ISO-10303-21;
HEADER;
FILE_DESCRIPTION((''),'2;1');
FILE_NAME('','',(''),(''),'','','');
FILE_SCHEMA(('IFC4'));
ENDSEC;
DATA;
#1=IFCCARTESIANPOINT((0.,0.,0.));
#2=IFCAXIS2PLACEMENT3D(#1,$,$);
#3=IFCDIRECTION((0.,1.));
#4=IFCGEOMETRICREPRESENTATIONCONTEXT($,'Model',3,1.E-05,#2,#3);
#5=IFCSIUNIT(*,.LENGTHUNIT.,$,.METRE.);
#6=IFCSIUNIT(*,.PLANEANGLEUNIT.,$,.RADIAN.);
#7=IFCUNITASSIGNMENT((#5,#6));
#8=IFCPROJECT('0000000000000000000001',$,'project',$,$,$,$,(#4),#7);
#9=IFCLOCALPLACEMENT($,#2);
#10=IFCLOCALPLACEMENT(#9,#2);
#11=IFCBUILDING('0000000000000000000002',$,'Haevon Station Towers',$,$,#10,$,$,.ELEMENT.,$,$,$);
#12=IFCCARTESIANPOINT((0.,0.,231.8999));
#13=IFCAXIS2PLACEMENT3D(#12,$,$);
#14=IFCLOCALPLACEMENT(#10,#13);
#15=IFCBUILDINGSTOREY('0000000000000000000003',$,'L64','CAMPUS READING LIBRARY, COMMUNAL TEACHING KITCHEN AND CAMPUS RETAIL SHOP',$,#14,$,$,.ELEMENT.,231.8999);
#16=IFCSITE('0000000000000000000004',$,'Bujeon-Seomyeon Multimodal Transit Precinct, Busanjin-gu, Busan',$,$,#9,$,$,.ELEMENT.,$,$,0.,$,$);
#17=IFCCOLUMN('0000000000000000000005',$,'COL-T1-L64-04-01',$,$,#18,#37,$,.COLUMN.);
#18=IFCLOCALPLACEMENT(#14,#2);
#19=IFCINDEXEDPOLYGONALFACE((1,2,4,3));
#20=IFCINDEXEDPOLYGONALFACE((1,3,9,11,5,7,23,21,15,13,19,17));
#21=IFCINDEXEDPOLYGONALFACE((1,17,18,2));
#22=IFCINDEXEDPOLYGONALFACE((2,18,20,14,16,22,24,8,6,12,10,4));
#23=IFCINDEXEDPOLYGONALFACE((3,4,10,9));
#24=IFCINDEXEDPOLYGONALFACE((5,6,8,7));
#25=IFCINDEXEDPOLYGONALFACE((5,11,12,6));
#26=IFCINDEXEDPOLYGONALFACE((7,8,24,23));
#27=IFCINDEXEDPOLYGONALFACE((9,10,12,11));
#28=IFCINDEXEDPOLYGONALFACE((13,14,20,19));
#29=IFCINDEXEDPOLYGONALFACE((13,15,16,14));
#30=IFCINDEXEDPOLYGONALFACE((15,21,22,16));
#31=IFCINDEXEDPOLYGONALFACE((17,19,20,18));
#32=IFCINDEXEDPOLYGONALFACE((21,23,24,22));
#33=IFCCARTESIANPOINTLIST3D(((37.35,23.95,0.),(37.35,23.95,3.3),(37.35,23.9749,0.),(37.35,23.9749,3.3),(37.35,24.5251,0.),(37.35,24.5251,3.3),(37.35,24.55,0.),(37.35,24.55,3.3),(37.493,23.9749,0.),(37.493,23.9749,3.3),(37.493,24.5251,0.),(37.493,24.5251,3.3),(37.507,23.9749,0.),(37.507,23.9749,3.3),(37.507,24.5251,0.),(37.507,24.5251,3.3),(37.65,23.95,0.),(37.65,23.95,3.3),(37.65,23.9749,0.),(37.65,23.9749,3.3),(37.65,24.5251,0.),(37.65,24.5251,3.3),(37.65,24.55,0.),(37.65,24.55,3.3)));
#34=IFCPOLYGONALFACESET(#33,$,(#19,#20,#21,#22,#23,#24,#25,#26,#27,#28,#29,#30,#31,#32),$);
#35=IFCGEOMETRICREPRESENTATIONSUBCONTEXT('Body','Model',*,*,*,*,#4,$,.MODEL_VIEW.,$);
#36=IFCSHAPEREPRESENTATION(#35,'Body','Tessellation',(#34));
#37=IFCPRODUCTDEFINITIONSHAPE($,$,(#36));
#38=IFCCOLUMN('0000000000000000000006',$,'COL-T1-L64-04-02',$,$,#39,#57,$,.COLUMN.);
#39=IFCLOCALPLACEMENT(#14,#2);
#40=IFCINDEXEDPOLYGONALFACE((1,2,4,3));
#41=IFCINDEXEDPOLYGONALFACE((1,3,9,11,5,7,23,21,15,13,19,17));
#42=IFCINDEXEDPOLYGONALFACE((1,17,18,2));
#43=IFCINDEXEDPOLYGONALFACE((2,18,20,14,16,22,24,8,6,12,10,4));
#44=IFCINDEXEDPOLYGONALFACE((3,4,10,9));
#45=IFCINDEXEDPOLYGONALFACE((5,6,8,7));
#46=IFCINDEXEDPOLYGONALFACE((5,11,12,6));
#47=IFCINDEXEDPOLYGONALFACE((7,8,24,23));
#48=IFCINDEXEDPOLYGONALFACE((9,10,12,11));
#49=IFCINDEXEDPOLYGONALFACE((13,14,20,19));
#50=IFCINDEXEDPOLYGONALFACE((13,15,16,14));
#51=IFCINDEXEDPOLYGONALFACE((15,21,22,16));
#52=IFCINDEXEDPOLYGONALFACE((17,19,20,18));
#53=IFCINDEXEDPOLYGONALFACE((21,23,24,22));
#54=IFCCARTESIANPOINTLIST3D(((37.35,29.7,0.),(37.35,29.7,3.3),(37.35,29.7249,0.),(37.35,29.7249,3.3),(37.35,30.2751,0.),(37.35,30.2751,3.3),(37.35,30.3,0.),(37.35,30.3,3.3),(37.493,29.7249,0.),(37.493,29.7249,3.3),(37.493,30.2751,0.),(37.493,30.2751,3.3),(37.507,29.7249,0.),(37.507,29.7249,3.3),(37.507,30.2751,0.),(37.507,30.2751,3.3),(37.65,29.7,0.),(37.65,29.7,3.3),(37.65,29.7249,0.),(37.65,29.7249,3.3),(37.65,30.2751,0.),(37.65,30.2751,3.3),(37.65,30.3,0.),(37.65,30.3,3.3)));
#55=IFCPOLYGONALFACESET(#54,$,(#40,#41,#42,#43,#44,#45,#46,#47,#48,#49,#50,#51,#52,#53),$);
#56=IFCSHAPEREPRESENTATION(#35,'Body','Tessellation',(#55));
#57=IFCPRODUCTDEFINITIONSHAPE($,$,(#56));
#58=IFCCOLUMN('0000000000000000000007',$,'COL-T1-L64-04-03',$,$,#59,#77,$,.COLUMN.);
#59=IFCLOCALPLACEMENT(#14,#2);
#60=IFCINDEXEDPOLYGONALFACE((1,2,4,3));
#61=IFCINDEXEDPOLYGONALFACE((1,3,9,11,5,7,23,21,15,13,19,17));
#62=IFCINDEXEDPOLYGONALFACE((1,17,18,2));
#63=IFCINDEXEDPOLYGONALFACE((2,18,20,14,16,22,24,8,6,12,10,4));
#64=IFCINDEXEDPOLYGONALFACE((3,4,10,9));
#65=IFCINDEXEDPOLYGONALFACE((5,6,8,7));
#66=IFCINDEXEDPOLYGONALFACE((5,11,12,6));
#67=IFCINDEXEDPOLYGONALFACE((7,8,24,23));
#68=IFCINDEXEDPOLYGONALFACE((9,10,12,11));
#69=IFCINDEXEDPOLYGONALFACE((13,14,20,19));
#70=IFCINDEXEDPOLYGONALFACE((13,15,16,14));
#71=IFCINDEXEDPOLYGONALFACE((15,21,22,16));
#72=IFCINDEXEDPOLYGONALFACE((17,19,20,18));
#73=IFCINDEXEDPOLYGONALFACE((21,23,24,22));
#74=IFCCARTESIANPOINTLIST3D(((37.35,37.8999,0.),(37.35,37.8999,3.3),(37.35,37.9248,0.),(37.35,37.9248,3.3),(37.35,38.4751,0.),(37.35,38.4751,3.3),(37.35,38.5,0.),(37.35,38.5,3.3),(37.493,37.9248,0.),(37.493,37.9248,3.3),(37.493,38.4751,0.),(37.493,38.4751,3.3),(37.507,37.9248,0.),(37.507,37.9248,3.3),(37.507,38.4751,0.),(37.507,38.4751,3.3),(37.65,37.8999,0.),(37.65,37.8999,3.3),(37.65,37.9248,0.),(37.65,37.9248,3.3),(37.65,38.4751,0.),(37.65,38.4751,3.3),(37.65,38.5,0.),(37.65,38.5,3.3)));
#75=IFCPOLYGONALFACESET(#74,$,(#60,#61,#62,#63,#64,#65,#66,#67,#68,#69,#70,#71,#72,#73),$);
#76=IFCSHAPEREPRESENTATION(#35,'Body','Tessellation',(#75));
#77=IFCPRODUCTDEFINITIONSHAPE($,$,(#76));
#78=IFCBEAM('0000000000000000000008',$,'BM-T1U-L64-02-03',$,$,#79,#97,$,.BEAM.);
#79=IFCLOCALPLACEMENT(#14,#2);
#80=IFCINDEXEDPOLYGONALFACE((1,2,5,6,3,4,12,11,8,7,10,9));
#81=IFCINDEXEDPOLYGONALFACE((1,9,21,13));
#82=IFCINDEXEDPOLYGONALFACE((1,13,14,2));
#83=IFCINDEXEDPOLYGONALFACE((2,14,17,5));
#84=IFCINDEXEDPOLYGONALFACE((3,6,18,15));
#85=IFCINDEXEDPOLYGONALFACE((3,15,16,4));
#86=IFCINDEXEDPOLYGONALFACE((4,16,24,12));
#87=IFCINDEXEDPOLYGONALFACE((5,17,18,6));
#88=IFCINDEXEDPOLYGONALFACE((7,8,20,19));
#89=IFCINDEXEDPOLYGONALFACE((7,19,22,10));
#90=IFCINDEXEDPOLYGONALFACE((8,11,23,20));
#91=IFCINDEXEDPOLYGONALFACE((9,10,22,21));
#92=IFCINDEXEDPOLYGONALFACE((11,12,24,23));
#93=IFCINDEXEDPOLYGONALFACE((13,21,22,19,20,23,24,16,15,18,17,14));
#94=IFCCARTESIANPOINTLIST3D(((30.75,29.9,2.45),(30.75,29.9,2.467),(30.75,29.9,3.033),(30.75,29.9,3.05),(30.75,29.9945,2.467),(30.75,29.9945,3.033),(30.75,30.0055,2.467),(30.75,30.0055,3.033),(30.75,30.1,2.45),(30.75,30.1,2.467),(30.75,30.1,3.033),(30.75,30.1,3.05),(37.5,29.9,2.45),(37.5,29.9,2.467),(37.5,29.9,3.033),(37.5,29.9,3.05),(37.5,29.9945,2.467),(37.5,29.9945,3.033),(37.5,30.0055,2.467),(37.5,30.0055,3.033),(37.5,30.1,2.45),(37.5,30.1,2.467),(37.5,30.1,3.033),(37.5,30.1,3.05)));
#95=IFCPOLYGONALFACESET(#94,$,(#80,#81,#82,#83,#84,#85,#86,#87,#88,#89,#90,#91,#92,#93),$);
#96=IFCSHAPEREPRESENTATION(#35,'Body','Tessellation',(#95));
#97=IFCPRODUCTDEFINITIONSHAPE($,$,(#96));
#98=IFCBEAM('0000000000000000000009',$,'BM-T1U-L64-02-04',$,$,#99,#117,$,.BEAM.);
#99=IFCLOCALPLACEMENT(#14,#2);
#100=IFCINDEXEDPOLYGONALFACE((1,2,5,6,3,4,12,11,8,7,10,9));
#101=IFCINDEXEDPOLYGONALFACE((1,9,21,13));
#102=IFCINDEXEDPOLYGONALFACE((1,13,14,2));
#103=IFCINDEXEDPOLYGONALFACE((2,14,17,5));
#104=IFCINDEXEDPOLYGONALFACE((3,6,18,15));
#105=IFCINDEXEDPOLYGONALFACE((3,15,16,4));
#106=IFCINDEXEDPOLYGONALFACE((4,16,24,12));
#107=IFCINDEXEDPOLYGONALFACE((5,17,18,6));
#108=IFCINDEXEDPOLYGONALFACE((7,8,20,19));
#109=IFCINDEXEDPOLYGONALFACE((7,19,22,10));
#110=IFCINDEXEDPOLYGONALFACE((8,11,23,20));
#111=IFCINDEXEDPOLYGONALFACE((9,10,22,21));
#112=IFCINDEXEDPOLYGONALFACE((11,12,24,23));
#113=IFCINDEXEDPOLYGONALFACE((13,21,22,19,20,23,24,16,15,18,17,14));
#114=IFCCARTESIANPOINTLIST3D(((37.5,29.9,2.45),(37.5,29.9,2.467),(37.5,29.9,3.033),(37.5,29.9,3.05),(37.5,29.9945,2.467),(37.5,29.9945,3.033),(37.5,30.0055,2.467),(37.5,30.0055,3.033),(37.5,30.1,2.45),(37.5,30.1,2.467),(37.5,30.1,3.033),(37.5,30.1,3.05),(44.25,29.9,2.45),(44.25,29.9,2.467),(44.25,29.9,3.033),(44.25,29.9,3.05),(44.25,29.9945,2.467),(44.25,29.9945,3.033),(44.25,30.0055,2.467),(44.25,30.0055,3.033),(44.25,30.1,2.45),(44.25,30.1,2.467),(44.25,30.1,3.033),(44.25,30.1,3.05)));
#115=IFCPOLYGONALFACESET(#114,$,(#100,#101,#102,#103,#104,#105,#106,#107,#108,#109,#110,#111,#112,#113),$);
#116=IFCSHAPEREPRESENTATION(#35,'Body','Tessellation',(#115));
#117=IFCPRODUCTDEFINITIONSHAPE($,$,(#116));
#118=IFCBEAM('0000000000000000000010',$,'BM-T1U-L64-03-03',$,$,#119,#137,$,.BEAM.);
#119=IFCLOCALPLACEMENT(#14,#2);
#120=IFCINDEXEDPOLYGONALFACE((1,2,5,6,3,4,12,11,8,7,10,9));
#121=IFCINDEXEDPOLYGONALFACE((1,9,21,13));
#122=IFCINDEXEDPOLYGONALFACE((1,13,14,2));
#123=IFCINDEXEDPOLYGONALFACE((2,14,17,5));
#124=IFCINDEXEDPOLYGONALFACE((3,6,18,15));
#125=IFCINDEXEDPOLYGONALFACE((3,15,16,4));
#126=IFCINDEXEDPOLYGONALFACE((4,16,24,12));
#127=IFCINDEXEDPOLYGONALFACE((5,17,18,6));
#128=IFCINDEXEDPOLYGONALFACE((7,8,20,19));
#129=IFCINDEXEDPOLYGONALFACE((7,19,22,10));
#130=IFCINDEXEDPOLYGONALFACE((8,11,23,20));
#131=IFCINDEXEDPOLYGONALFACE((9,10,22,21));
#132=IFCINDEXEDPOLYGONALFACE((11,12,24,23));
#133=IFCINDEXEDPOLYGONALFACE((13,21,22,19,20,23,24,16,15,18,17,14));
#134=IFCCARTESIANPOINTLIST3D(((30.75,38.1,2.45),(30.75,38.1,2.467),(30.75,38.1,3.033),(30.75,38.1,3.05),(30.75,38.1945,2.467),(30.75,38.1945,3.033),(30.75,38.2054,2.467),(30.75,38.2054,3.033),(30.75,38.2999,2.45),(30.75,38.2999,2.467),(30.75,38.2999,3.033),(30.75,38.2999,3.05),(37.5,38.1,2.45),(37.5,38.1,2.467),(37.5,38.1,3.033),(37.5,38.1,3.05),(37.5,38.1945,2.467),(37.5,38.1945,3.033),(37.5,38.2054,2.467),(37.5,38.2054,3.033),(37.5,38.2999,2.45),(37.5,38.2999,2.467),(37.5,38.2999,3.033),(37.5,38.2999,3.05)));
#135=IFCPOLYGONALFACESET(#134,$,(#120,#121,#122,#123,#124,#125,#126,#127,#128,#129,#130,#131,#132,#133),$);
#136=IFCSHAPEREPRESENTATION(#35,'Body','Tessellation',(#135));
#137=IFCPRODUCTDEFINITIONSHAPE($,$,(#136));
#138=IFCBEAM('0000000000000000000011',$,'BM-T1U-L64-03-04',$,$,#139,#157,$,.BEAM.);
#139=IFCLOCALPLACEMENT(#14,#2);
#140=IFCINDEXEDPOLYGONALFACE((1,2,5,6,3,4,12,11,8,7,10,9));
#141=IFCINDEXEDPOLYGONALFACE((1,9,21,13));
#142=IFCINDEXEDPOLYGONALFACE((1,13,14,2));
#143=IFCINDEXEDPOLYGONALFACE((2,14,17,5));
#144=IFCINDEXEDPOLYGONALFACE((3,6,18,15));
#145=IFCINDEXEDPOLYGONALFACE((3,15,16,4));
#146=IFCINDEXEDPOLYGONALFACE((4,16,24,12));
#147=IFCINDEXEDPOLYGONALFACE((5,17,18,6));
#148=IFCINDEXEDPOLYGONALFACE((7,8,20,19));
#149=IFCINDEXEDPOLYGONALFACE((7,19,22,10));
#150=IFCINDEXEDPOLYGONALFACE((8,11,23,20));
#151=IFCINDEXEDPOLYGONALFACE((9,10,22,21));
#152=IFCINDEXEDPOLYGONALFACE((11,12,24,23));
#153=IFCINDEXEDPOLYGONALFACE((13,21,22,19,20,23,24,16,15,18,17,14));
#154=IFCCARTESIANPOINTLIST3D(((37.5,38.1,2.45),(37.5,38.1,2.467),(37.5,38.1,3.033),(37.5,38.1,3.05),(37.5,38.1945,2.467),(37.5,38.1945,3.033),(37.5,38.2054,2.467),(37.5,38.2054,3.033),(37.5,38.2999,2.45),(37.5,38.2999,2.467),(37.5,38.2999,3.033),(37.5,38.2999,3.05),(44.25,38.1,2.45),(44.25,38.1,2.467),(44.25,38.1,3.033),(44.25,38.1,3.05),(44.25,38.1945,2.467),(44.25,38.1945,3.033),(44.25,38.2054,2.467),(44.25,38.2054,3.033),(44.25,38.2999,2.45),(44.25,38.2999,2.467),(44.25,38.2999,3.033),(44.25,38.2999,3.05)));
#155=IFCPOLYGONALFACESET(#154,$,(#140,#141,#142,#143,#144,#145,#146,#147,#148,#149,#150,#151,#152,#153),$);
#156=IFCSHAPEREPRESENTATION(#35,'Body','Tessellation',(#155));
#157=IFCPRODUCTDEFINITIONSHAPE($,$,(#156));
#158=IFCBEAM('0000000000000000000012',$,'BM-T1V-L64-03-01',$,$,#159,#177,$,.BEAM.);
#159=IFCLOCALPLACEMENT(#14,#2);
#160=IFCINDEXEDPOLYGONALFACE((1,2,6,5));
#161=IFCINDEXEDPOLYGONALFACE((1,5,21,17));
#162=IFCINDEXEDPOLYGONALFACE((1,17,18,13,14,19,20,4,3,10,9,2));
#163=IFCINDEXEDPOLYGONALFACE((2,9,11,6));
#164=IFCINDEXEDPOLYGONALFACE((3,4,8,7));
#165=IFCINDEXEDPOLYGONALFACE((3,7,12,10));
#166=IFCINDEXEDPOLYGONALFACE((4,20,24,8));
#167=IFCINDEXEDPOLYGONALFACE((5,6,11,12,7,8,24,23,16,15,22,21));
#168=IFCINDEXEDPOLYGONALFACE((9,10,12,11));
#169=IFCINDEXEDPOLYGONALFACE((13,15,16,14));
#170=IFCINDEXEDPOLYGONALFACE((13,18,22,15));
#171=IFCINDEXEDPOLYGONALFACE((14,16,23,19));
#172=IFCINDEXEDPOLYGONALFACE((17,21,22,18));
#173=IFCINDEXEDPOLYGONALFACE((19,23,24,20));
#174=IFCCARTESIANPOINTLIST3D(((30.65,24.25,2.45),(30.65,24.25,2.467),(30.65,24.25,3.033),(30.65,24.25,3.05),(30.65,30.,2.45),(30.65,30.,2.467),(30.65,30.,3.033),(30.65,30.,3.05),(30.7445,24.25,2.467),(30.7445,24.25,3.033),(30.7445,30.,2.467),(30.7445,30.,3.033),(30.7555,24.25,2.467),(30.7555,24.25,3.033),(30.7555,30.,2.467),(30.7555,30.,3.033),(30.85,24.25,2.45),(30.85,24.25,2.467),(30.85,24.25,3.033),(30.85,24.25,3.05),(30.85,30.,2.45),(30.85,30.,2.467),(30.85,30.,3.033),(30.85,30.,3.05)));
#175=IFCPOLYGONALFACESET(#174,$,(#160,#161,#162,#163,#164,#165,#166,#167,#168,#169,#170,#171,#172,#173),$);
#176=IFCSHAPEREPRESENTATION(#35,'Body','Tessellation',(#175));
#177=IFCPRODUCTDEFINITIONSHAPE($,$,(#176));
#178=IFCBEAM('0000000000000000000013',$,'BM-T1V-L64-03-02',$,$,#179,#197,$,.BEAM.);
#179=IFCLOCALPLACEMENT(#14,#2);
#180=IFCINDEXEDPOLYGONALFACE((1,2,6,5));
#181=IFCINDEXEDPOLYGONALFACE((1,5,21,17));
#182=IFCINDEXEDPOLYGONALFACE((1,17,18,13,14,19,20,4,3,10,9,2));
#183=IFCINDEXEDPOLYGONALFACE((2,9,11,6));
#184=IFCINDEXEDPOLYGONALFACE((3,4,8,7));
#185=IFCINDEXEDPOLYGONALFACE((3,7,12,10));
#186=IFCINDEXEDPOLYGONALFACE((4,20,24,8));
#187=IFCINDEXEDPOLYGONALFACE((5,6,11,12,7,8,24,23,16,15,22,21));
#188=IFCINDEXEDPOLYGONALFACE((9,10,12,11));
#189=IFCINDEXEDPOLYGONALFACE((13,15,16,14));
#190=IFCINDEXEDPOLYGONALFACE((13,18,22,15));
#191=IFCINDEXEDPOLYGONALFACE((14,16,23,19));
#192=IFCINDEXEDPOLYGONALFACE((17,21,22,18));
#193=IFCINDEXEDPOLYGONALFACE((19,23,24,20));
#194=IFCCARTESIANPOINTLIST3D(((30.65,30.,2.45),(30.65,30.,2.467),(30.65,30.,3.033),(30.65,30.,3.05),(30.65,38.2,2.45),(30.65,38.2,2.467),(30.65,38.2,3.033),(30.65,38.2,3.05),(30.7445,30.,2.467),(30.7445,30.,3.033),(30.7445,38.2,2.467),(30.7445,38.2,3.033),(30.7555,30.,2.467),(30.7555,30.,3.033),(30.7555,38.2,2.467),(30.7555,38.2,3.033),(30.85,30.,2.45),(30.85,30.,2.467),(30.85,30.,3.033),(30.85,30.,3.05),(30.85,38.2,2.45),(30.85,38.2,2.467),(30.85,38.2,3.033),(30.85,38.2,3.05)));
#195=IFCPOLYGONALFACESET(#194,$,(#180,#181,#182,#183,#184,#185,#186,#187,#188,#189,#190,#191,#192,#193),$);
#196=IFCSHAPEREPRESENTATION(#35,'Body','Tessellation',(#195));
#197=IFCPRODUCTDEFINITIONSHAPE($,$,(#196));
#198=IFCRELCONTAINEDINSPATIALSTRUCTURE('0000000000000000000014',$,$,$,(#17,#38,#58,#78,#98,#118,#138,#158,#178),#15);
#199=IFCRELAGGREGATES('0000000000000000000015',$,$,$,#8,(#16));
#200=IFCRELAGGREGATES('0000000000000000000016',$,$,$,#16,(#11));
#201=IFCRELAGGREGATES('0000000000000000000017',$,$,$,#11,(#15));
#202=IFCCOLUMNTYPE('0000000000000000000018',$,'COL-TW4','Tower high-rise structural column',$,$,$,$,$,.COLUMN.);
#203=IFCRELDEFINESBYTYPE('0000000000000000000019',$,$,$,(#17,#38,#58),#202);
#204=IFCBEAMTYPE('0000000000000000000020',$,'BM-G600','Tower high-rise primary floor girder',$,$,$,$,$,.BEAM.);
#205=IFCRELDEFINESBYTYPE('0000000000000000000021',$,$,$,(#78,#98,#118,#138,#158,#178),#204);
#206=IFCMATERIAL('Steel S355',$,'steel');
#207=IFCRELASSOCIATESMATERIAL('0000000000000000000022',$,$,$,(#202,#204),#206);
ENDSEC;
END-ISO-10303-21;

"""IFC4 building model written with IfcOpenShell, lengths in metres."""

from ifc_helpers import new_model, si_unit, direction, frame, origin, origin_2d, place, context, subcontext, project, spatial, i_section, extrude, material, material_profile, profile_set, type_object, element, save


model = new_model("IFC4")

# Units and contexts
model_context = context("Model", 3, precision=1e-05, world=origin(), true_north=direction((0.0, 1.0)))
body_context = subcontext(model_context, "Body", "Model", "MODEL_VIEW")
ifc_project = project(units=[si_unit("LENGTHUNIT", "METRE"), si_unit("PLANEANGLEUNIT", "RADIAN")], contexts=[model_context])

# Site, building, storey
site_placement = place(None, origin())
site = spatial("IfcSite", under=ifc_project, at=site_placement, Name="Bujeon-Seomyeon Multimodal Transit Precinct, Busanjin-gu, Busan", CompositionType="ELEMENT", RefElevation=0.0)
building_placement = place(site_placement, origin())
building = spatial("IfcBuilding", under=site, at=building_placement, Name="Haevon Station Towers", CompositionType="ELEMENT")
storey_placement = place(building_placement, frame((0.0, 0.0, 231.8999)))
storey = spatial("IfcBuildingStorey", under=building, at=storey_placement, Name="L64", Description="CAMPUS READING LIBRARY, COMMUNAL TEACHING KITCHEN AND CAMPUS RETAIL SHOP", CompositionType="ELEMENT", Elevation=231.8999)

# Columns
ifc_material_1 = material(Name="Steel S355", Category="steel")
ifc_material_profile_1 = material_profile(ifc_material_1, i_section(OverallWidth=0.3, OverallDepth=0.6001, WebThickness=0.0139, FlangeThickness=0.0249, at=origin_2d()), Name="H-600x300x14x25")
ifc_profile_set_1 = profile_set([ifc_material_profile_1], Name="Steel S355")
column_type = type_object("IfcColumnType", Name="COL-TW4", Description="Tower high-rise structural column", PredefinedType="COLUMN", material=ifc_profile_set_1)
for number, where, z_axis, x_axis, name in (
    (1, (37.5, 24.25, 0.0), (0.0, 0.0, 1.0), (1.0, 0.0, 0.0), "COL-T1-L64-04-01"),
    (2, (37.5, 30.0, 0.0), (0.0, 0.0, 1.0), (1.0, 0.0, 0.0), "COL-T1-L64-04-02"),
    (3, (37.5, 38.2, 0.0), (0.0, 0.0, 1.0), (1.0, 0.0, 0.0), "COL-T1-L64-04-03"),
):
    element("IfcColumn", number, at=place(storey_placement, frame(where, z_axis=z_axis, x_axis=x_axis)), inside=storey, type_object=column_type, Name=name, PredefinedType="COLUMN", context=body_context, shape_type="SweptSolid", body=[
        extrude(i_section(OverallWidth=0.3, OverallDepth=0.6001, WebThickness=0.0139, FlangeThickness=0.0249, at=origin_2d()), origin(), (0.0, 0.0, 1.0), 3.3),
    ])

# Beams
ifc_material_profile_2 = material_profile(ifc_material_1, i_section(OverallWidth=0.2, OverallDepth=0.6001, WebThickness=0.011, FlangeThickness=0.0171, at=origin_2d()), Name="H-600x200x11x17")
ifc_profile_set_2 = profile_set([ifc_material_profile_2], Name="Steel S355")
beam_type_1 = type_object("IfcBeamType", Name="BM-G600", Description="Tower high-rise primary floor girder", PredefinedType="BEAM", material=ifc_profile_set_2)
for number, where, z_axis, x_axis, name in (
    (4, (30.75, 30.0, 2.75), (1.0, 0.0, 0.0), (0.0, 1.0, 0.0), "BM-T1U-L64-02-03"),
    (5, (37.5, 30.0, 2.75), (1.0, 0.0, 0.0), (0.0, 1.0, 0.0), "BM-T1U-L64-02-04"),
    (6, (30.75, 38.2, 2.75), (1.0, 0.0, 0.0), (0.0, 1.0, 0.0), "BM-T1U-L64-03-03"),
    (7, (37.5, 38.2, 2.75), (1.0, 0.0, 0.0), (0.0, 1.0, 0.0), "BM-T1U-L64-03-04"),
):
    element("IfcBeam", number, at=place(storey_placement, frame(where, z_axis=z_axis, x_axis=x_axis)), inside=storey, type_object=beam_type_1, Name=name, PredefinedType="BEAM", context=body_context, shape_type="SweptSolid", body=[
        extrude(i_section(OverallWidth=0.2, OverallDepth=0.6001, WebThickness=0.011, FlangeThickness=0.0171, at=origin_2d()), origin(), (0.0, 0.0, 1.0), 6.75),
    ])
beam_1_placement = place(storey_placement, frame((30.75, 24.25, 2.75), z_axis=(0.0, 1.0, 0.0), x_axis=(-1.0, 0.0, 0.0)))
element("IfcBeam", 8, at=beam_1_placement, inside=storey, type_object=beam_type_1, Name="BM-T1V-L64-03-01", PredefinedType="BEAM", context=body_context, shape_type="SweptSolid", body=[
    extrude(i_section(OverallWidth=0.2, OverallDepth=0.6001, WebThickness=0.011, FlangeThickness=0.0171, at=origin_2d()), origin(), (0.0, 0.0, 1.0), 5.75),
])
beam_2_placement = place(storey_placement, frame((30.75, 30.0, 2.75), z_axis=(0.0, 1.0, 0.0), x_axis=(-1.0, 0.0, 0.0)))
element("IfcBeam", 9, at=beam_2_placement, inside=storey, type_object=beam_type_1, Name="BM-T1V-L64-03-02", PredefinedType="BEAM", context=body_context, shape_type="SweptSolid", body=[
    extrude(i_section(OverallWidth=0.2, OverallDepth=0.6001, WebThickness=0.011, FlangeThickness=0.0171, at=origin_2d()), origin(), (0.0, 0.0, 1.0), 8.2),
])

save(model, "model.ifc")
